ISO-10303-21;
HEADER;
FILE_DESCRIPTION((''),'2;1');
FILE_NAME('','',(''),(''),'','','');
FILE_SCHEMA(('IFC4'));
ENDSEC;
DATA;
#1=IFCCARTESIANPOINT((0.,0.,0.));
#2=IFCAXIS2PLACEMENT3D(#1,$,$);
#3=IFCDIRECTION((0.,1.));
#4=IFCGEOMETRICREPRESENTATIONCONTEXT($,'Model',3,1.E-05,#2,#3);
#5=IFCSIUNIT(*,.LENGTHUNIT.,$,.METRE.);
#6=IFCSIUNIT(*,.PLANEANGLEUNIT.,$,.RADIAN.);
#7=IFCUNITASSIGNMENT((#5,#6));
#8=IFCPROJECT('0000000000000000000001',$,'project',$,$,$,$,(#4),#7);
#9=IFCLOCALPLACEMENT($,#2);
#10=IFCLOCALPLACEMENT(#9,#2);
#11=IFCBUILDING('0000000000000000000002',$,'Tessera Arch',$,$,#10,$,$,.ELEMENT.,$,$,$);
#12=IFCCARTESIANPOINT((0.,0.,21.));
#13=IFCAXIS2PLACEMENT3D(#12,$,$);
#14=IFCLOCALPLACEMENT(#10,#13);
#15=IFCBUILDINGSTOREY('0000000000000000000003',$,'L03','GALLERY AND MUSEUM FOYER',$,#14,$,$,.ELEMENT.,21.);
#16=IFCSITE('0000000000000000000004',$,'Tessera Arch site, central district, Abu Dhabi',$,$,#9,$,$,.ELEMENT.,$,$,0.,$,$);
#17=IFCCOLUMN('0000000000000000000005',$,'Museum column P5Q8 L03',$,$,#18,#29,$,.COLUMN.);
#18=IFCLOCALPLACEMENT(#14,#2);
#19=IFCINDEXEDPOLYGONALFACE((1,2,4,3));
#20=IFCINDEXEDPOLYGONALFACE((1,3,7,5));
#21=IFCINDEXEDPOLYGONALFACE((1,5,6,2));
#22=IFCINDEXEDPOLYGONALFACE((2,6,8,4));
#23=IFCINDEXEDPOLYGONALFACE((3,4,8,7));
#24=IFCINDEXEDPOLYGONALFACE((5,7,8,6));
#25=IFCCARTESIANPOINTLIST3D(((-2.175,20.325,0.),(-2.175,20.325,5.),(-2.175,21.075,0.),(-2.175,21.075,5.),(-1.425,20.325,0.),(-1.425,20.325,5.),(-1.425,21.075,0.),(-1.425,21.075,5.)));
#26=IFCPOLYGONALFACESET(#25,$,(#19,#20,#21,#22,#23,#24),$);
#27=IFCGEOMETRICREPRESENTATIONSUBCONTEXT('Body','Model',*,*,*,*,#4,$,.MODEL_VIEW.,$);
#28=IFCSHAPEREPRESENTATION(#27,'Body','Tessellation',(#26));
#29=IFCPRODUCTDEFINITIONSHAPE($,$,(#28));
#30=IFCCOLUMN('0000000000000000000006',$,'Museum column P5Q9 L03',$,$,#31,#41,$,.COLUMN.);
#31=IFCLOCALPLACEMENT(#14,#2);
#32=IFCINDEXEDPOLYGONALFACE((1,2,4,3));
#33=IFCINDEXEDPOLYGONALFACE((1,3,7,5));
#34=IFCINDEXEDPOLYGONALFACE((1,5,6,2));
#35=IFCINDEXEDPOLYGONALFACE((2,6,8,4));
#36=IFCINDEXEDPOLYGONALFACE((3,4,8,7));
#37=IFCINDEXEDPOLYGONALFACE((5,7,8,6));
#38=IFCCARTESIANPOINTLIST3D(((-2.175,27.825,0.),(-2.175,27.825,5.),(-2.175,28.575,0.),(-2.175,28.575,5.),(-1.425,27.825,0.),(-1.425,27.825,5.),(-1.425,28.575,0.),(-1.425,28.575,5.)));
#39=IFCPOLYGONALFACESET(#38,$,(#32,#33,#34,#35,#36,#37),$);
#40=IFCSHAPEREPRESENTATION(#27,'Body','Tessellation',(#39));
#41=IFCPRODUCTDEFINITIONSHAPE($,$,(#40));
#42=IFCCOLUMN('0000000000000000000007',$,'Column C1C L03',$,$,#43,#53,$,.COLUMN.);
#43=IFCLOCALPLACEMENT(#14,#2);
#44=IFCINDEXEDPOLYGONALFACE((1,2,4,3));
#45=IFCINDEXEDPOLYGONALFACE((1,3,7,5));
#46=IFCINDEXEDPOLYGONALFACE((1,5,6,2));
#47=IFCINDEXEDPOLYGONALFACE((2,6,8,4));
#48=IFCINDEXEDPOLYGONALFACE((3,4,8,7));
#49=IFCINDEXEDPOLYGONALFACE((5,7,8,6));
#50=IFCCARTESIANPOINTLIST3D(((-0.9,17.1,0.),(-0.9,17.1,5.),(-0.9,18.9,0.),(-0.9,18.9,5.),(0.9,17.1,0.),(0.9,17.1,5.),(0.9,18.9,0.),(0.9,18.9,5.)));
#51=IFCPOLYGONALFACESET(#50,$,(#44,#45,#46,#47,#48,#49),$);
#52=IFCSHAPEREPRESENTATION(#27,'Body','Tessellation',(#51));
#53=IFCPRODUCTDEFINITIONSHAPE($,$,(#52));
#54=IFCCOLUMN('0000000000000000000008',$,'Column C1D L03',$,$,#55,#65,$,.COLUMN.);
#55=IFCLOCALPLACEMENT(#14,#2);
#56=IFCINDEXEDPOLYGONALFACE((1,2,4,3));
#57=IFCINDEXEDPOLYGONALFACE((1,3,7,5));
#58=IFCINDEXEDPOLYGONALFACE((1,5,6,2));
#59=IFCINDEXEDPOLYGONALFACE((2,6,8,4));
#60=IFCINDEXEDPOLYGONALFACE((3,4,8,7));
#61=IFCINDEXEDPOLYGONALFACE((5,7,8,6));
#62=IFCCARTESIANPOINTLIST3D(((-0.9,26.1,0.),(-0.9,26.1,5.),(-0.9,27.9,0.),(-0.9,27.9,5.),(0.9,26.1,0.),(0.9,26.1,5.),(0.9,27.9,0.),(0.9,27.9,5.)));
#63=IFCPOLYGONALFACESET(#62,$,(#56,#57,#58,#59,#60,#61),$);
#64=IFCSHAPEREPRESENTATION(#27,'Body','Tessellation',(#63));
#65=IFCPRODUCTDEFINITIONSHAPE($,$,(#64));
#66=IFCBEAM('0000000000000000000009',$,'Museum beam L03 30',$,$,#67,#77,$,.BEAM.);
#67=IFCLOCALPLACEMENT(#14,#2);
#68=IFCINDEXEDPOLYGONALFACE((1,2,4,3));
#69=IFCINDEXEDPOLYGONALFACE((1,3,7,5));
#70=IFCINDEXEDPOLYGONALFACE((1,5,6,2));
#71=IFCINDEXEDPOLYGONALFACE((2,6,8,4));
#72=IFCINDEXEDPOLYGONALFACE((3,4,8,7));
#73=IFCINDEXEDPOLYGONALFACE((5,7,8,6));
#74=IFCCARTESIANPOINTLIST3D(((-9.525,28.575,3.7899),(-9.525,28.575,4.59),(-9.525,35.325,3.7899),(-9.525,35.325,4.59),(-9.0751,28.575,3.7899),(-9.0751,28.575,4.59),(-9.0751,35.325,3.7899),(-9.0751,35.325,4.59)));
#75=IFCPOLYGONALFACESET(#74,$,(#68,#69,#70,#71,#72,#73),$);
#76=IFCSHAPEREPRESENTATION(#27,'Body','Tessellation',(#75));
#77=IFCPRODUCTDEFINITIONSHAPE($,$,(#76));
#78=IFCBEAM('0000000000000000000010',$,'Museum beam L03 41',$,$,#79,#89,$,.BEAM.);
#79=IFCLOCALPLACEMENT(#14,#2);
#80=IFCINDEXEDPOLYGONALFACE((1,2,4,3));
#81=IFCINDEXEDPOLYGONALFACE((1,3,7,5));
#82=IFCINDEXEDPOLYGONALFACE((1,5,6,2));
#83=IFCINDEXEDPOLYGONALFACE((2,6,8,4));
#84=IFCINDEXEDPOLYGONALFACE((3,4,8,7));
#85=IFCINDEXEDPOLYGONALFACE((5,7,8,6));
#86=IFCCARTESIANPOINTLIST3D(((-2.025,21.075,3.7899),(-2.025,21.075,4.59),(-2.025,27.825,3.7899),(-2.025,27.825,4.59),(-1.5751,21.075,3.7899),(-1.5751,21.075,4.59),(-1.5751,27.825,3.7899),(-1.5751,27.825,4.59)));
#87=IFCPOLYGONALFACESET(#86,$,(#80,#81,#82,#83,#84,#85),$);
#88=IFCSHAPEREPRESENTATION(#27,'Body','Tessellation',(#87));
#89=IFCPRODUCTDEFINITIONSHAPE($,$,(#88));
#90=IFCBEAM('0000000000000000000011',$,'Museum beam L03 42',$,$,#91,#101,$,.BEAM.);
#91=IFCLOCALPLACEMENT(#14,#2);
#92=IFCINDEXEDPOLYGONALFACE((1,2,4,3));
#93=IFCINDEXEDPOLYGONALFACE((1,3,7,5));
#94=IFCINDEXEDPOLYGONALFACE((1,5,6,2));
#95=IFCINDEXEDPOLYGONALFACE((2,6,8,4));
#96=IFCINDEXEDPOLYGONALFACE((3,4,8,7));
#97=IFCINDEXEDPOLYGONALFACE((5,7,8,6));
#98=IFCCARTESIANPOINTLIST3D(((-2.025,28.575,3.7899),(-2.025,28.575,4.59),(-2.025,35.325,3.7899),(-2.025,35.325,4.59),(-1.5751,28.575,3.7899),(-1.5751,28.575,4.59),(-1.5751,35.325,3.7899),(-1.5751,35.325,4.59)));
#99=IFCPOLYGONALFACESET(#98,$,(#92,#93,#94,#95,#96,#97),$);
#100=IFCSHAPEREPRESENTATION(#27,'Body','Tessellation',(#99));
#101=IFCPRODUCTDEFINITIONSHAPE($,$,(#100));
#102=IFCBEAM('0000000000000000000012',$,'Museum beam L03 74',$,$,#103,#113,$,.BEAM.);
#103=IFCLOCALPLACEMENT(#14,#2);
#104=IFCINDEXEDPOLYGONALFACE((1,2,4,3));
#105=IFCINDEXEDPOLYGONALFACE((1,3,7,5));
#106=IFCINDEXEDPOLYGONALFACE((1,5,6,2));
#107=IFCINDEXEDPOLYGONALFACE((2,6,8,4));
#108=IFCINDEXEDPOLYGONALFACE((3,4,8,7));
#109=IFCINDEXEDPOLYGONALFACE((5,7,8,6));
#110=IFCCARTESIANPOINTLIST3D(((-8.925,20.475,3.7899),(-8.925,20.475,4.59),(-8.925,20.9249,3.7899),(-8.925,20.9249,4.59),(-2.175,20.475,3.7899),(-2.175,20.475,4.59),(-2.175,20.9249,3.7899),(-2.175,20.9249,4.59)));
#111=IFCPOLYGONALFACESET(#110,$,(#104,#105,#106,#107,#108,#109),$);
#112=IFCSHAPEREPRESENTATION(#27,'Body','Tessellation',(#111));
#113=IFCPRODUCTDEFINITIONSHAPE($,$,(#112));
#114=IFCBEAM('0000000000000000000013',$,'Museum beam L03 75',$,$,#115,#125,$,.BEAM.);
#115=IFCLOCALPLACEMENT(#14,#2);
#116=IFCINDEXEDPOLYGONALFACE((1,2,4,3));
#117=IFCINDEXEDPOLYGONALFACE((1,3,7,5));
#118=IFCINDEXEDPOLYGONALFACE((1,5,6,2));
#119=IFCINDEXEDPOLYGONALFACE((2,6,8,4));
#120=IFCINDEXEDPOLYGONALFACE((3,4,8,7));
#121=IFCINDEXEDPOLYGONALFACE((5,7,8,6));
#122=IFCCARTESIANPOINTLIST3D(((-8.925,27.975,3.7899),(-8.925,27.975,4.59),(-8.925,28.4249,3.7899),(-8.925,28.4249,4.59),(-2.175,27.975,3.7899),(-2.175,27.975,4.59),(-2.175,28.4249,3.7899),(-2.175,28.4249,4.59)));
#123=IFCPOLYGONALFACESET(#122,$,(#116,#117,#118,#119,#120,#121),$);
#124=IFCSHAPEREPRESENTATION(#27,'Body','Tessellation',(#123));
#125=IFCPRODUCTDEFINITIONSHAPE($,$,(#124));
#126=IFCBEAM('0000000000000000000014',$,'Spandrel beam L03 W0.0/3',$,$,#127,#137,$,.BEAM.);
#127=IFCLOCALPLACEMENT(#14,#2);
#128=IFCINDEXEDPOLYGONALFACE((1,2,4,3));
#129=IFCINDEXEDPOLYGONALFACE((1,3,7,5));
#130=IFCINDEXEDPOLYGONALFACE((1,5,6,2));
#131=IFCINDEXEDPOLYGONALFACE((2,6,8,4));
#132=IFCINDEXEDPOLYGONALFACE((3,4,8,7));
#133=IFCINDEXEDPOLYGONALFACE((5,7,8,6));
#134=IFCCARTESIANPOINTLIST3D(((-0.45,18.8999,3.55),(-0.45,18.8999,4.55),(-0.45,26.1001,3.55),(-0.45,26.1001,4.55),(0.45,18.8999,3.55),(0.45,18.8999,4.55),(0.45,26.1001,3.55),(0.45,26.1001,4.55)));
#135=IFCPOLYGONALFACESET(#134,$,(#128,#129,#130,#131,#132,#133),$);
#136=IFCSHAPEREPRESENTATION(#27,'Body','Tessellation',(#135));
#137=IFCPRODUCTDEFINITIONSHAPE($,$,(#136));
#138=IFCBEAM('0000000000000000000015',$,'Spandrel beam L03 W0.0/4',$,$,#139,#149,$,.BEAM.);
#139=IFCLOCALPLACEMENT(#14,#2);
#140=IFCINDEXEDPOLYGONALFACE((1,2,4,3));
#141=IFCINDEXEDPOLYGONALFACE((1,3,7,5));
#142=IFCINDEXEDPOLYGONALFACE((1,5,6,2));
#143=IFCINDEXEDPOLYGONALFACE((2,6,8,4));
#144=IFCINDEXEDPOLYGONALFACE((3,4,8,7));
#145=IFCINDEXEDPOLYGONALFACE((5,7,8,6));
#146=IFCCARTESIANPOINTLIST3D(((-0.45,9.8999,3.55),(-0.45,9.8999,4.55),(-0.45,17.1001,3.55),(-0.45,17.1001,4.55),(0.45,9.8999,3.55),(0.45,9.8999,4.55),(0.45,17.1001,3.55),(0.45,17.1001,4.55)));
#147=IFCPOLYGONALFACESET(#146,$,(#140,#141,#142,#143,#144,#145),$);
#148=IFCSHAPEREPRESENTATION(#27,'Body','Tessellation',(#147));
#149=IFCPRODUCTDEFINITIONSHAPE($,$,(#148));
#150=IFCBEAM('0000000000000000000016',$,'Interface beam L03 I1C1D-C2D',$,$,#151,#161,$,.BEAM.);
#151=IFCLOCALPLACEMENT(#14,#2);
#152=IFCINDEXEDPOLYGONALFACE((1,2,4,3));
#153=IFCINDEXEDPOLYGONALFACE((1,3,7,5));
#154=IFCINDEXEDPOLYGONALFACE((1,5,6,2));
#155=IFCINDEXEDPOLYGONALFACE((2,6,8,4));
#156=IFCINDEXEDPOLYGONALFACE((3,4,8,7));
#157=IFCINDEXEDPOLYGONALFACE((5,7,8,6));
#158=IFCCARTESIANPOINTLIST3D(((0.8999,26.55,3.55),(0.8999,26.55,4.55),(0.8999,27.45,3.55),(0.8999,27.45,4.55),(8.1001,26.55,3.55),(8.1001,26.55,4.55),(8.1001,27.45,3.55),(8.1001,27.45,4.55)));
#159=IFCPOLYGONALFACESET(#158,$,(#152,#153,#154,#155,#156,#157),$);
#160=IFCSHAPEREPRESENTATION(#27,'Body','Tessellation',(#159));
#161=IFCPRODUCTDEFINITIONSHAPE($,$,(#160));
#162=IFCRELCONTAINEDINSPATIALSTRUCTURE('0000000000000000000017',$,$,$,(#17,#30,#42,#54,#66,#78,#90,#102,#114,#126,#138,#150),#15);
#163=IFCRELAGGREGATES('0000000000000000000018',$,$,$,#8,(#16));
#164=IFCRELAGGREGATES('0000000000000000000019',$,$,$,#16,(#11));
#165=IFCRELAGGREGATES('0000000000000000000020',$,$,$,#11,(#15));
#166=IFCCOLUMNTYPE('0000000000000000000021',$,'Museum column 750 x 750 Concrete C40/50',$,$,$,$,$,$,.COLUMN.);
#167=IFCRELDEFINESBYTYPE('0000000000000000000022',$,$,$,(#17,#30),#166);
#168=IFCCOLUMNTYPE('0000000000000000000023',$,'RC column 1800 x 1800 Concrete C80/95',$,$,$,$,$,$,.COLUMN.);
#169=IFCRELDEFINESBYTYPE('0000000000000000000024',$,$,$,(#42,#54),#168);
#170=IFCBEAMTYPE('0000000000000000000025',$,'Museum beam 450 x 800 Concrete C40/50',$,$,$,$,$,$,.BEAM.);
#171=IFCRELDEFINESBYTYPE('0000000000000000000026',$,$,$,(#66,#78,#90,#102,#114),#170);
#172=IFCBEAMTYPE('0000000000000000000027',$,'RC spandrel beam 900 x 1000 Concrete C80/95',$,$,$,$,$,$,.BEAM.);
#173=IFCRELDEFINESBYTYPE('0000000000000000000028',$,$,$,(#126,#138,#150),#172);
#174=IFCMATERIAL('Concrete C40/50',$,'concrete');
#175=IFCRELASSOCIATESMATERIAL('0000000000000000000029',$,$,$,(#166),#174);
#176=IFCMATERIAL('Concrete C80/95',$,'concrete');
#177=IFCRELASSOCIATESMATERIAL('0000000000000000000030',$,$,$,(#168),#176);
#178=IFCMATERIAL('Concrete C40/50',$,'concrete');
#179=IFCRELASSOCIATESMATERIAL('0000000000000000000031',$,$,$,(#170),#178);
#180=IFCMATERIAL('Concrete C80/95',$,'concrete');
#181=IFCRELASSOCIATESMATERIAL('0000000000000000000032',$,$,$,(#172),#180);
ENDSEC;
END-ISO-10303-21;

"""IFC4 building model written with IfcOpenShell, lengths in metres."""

from ifc_helpers import new_model, si_unit, direction, frame, origin, origin_2d, place, context, subcontext, project, spatial, rectangle, extrude, material, material_profile, profile_set, type_object, element, save


model = new_model("IFC4")

# Units and contexts
model_context = context("Model", 3, precision=1e-05, world=origin(), true_north=direction((0.0, 1.0)))
body_context = subcontext(model_context, "Body", "Model", "MODEL_VIEW")
ifc_project = project(units=[si_unit("LENGTHUNIT", "METRE"), si_unit("PLANEANGLEUNIT", "RADIAN")], contexts=[model_context])

# Site, building, storey
site_placement = place(None, origin())
site = spatial("IfcSite", under=ifc_project, at=site_placement, Name="Tessera Arch site, central district, Abu Dhabi", CompositionType="ELEMENT", RefElevation=0.0)
building_placement = place(site_placement, origin())
building = spatial("IfcBuilding", under=site, at=building_placement, Name="Tessera Arch", CompositionType="ELEMENT")
storey_placement = place(building_placement, frame((0.0, 0.0, 21.0)))
storey = spatial("IfcBuildingStorey", under=building, at=storey_placement, Name="L03", Description="GALLERY AND MUSEUM FOYER", CompositionType="ELEMENT", Elevation=21.0)

# Columns
ifc_material_1 = material(Name="Concrete C40/50", Category="concrete")
ifc_material_profile_1 = material_profile(ifc_material_1, rectangle(XDim=0.75, YDim=0.75, at=origin_2d()), Name="Museum column 750 x 750 Concrete C40/50")
ifc_profile_set_1 = profile_set([ifc_material_profile_1], Name="Concrete C40/50")
column_type_1 = type_object("IfcColumnType", Name="Museum column 750 x 750 Concrete C40/50", PredefinedType="COLUMN", material=ifc_profile_set_1)
for number, where, z_axis, x_axis, name in (
    (1, (-1.8, 20.7, 0.0), (0.0, 0.0, 1.0), (1.0, 0.0, 0.0), "Museum column P5Q8 L03"),
    (2, (-1.8, 28.2, 0.0), (0.0, 0.0, 1.0), (1.0, 0.0, 0.0), "Museum column P5Q9 L03"),
):
    element("IfcColumn", number, at=place(storey_placement, frame(where, z_axis=z_axis, x_axis=x_axis)), inside=storey, type_object=column_type_1, Name=name, PredefinedType="COLUMN", context=body_context, shape_type="SweptSolid", body=[
        extrude(rectangle(XDim=0.75, YDim=0.75, at=origin_2d()), origin(), (0.0, 0.0, 1.0), 5.0),
    ])
ifc_material_2 = material(Name="Concrete C80/95", Category="concrete")
ifc_material_profile_2 = material_profile(ifc_material_2, rectangle(XDim=1.8, YDim=1.8, at=origin_2d()), Name="RC column 1800 x 1800 Concrete C80/95")
ifc_profile_set_2 = profile_set([ifc_material_profile_2], Name="Concrete C80/95")
column_type_2 = type_object("IfcColumnType", Name="RC column 1800 x 1800 Concrete C80/95", PredefinedType="COLUMN", material=ifc_profile_set_2)
for number, where, z_axis, x_axis, name in (
    (3, (0.0, 18.0, 0.0), (0.0, 0.0, 1.0), (1.0, 0.0, 0.0), "Column C1C L03"),
    (4, (0.0, 27.0, 0.0), (0.0, 0.0, 1.0), (1.0, 0.0, 0.0), "Column C1D L03"),
):
    element("IfcColumn", number, at=place(storey_placement, frame(where, z_axis=z_axis, x_axis=x_axis)), inside=storey, type_object=column_type_2, Name=name, PredefinedType="COLUMN", context=body_context, shape_type="SweptSolid", body=[
        extrude(rectangle(XDim=1.8, YDim=1.8, at=origin_2d()), origin(), (0.0, 0.0, 1.0), 5.0),
    ])

# Beams
ifc_material_3 = material(Name="Concrete C40/50", Category="concrete")
ifc_material_profile_3 = material_profile(ifc_material_3, rectangle(XDim=0.45, YDim=0.8, at=origin_2d()), Name="Museum beam 450 x 800 Concrete C40/50")
ifc_profile_set_3 = profile_set([ifc_material_profile_3], Name="Concrete C40/50")
beam_type_1 = type_object("IfcBeamType", Name="Museum beam 450 x 800 Concrete C40/50", PredefinedType="BEAM", material=ifc_profile_set_3)
for number, where, z_axis, x_axis, name in (
    (5, (-9.3, 28.575, 4.1899), (0.0, 1.0, 0.0), (-1.0, 0.0, 0.0), "Museum beam L03 30"),
    (6, (-1.8, 21.075, 4.1899), (0.0, 1.0, 0.0), (-1.0, 0.0, 0.0), "Museum beam L03 41"),
    (7, (-1.8, 28.575, 4.1899), (0.0, 1.0, 0.0), (-1.0, 0.0, 0.0), "Museum beam L03 42"),
    (8, (-8.925, 20.7, 4.1899), (1.0, 0.0, 0.0), (0.0, 1.0, 0.0), "Museum beam L03 74"),
    (9, (-8.925, 28.2, 4.1899), (1.0, 0.0, 0.0), (0.0, 1.0, 0.0), "Museum beam L03 75"),
):
    element("IfcBeam", number, at=place(storey_placement, frame(where, z_axis=z_axis, x_axis=x_axis)), inside=storey, type_object=beam_type_1, Name=name, PredefinedType="BEAM", context=body_context, shape_type="SweptSolid", body=[
        extrude(rectangle(XDim=0.45, YDim=0.8, at=origin_2d()), origin(), (0.0, 0.0, 1.0), 6.75),
    ])
ifc_material_4 = material(Name="Concrete C80/95", Category="concrete")
ifc_material_profile_4 = material_profile(ifc_material_4, rectangle(XDim=0.8999, YDim=1.0, at=origin_2d()), Name="RC spandrel beam 900 x 1000 Concrete C80/95")
ifc_profile_set_4 = profile_set([ifc_material_profile_4], Name="Concrete C80/95")
beam_type_2 = type_object("IfcBeamType", Name="RC spandrel beam 900 x 1000 Concrete C80/95", PredefinedType="BEAM", material=ifc_profile_set_4)
for number, where, z_axis, x_axis, name in (
    (10, (0.0, 26.1001, 4.05), (0.0, -1.0, 0.0), (1.0, 0.0, 0.0), "Spandrel beam L03 W0.0/3"),
    (11, (0.0, 17.1001, 4.05), (0.0, -1.0, 0.0), (1.0, 0.0, 0.0), "Spandrel beam L03 W0.0/4"),
    (12, (0.8999, 27.0, 4.05), (1.0, 0.0, 0.0), (0.0, 1.0, 0.0), "Interface beam L03 I1C1D-C2D"),
):
    element("IfcBeam", number, at=place(storey_placement, frame(where, z_axis=z_axis, x_axis=x_axis)), inside=storey, type_object=beam_type_2, Name=name, PredefinedType="BEAM", context=body_context, shape_type="SweptSolid", body=[
        extrude(rectangle(XDim=0.8999, YDim=1.0, at=origin_2d()), origin(), (0.0, 0.0, 1.0), 7.2002),
    ])

save(model, "model.ifc")
